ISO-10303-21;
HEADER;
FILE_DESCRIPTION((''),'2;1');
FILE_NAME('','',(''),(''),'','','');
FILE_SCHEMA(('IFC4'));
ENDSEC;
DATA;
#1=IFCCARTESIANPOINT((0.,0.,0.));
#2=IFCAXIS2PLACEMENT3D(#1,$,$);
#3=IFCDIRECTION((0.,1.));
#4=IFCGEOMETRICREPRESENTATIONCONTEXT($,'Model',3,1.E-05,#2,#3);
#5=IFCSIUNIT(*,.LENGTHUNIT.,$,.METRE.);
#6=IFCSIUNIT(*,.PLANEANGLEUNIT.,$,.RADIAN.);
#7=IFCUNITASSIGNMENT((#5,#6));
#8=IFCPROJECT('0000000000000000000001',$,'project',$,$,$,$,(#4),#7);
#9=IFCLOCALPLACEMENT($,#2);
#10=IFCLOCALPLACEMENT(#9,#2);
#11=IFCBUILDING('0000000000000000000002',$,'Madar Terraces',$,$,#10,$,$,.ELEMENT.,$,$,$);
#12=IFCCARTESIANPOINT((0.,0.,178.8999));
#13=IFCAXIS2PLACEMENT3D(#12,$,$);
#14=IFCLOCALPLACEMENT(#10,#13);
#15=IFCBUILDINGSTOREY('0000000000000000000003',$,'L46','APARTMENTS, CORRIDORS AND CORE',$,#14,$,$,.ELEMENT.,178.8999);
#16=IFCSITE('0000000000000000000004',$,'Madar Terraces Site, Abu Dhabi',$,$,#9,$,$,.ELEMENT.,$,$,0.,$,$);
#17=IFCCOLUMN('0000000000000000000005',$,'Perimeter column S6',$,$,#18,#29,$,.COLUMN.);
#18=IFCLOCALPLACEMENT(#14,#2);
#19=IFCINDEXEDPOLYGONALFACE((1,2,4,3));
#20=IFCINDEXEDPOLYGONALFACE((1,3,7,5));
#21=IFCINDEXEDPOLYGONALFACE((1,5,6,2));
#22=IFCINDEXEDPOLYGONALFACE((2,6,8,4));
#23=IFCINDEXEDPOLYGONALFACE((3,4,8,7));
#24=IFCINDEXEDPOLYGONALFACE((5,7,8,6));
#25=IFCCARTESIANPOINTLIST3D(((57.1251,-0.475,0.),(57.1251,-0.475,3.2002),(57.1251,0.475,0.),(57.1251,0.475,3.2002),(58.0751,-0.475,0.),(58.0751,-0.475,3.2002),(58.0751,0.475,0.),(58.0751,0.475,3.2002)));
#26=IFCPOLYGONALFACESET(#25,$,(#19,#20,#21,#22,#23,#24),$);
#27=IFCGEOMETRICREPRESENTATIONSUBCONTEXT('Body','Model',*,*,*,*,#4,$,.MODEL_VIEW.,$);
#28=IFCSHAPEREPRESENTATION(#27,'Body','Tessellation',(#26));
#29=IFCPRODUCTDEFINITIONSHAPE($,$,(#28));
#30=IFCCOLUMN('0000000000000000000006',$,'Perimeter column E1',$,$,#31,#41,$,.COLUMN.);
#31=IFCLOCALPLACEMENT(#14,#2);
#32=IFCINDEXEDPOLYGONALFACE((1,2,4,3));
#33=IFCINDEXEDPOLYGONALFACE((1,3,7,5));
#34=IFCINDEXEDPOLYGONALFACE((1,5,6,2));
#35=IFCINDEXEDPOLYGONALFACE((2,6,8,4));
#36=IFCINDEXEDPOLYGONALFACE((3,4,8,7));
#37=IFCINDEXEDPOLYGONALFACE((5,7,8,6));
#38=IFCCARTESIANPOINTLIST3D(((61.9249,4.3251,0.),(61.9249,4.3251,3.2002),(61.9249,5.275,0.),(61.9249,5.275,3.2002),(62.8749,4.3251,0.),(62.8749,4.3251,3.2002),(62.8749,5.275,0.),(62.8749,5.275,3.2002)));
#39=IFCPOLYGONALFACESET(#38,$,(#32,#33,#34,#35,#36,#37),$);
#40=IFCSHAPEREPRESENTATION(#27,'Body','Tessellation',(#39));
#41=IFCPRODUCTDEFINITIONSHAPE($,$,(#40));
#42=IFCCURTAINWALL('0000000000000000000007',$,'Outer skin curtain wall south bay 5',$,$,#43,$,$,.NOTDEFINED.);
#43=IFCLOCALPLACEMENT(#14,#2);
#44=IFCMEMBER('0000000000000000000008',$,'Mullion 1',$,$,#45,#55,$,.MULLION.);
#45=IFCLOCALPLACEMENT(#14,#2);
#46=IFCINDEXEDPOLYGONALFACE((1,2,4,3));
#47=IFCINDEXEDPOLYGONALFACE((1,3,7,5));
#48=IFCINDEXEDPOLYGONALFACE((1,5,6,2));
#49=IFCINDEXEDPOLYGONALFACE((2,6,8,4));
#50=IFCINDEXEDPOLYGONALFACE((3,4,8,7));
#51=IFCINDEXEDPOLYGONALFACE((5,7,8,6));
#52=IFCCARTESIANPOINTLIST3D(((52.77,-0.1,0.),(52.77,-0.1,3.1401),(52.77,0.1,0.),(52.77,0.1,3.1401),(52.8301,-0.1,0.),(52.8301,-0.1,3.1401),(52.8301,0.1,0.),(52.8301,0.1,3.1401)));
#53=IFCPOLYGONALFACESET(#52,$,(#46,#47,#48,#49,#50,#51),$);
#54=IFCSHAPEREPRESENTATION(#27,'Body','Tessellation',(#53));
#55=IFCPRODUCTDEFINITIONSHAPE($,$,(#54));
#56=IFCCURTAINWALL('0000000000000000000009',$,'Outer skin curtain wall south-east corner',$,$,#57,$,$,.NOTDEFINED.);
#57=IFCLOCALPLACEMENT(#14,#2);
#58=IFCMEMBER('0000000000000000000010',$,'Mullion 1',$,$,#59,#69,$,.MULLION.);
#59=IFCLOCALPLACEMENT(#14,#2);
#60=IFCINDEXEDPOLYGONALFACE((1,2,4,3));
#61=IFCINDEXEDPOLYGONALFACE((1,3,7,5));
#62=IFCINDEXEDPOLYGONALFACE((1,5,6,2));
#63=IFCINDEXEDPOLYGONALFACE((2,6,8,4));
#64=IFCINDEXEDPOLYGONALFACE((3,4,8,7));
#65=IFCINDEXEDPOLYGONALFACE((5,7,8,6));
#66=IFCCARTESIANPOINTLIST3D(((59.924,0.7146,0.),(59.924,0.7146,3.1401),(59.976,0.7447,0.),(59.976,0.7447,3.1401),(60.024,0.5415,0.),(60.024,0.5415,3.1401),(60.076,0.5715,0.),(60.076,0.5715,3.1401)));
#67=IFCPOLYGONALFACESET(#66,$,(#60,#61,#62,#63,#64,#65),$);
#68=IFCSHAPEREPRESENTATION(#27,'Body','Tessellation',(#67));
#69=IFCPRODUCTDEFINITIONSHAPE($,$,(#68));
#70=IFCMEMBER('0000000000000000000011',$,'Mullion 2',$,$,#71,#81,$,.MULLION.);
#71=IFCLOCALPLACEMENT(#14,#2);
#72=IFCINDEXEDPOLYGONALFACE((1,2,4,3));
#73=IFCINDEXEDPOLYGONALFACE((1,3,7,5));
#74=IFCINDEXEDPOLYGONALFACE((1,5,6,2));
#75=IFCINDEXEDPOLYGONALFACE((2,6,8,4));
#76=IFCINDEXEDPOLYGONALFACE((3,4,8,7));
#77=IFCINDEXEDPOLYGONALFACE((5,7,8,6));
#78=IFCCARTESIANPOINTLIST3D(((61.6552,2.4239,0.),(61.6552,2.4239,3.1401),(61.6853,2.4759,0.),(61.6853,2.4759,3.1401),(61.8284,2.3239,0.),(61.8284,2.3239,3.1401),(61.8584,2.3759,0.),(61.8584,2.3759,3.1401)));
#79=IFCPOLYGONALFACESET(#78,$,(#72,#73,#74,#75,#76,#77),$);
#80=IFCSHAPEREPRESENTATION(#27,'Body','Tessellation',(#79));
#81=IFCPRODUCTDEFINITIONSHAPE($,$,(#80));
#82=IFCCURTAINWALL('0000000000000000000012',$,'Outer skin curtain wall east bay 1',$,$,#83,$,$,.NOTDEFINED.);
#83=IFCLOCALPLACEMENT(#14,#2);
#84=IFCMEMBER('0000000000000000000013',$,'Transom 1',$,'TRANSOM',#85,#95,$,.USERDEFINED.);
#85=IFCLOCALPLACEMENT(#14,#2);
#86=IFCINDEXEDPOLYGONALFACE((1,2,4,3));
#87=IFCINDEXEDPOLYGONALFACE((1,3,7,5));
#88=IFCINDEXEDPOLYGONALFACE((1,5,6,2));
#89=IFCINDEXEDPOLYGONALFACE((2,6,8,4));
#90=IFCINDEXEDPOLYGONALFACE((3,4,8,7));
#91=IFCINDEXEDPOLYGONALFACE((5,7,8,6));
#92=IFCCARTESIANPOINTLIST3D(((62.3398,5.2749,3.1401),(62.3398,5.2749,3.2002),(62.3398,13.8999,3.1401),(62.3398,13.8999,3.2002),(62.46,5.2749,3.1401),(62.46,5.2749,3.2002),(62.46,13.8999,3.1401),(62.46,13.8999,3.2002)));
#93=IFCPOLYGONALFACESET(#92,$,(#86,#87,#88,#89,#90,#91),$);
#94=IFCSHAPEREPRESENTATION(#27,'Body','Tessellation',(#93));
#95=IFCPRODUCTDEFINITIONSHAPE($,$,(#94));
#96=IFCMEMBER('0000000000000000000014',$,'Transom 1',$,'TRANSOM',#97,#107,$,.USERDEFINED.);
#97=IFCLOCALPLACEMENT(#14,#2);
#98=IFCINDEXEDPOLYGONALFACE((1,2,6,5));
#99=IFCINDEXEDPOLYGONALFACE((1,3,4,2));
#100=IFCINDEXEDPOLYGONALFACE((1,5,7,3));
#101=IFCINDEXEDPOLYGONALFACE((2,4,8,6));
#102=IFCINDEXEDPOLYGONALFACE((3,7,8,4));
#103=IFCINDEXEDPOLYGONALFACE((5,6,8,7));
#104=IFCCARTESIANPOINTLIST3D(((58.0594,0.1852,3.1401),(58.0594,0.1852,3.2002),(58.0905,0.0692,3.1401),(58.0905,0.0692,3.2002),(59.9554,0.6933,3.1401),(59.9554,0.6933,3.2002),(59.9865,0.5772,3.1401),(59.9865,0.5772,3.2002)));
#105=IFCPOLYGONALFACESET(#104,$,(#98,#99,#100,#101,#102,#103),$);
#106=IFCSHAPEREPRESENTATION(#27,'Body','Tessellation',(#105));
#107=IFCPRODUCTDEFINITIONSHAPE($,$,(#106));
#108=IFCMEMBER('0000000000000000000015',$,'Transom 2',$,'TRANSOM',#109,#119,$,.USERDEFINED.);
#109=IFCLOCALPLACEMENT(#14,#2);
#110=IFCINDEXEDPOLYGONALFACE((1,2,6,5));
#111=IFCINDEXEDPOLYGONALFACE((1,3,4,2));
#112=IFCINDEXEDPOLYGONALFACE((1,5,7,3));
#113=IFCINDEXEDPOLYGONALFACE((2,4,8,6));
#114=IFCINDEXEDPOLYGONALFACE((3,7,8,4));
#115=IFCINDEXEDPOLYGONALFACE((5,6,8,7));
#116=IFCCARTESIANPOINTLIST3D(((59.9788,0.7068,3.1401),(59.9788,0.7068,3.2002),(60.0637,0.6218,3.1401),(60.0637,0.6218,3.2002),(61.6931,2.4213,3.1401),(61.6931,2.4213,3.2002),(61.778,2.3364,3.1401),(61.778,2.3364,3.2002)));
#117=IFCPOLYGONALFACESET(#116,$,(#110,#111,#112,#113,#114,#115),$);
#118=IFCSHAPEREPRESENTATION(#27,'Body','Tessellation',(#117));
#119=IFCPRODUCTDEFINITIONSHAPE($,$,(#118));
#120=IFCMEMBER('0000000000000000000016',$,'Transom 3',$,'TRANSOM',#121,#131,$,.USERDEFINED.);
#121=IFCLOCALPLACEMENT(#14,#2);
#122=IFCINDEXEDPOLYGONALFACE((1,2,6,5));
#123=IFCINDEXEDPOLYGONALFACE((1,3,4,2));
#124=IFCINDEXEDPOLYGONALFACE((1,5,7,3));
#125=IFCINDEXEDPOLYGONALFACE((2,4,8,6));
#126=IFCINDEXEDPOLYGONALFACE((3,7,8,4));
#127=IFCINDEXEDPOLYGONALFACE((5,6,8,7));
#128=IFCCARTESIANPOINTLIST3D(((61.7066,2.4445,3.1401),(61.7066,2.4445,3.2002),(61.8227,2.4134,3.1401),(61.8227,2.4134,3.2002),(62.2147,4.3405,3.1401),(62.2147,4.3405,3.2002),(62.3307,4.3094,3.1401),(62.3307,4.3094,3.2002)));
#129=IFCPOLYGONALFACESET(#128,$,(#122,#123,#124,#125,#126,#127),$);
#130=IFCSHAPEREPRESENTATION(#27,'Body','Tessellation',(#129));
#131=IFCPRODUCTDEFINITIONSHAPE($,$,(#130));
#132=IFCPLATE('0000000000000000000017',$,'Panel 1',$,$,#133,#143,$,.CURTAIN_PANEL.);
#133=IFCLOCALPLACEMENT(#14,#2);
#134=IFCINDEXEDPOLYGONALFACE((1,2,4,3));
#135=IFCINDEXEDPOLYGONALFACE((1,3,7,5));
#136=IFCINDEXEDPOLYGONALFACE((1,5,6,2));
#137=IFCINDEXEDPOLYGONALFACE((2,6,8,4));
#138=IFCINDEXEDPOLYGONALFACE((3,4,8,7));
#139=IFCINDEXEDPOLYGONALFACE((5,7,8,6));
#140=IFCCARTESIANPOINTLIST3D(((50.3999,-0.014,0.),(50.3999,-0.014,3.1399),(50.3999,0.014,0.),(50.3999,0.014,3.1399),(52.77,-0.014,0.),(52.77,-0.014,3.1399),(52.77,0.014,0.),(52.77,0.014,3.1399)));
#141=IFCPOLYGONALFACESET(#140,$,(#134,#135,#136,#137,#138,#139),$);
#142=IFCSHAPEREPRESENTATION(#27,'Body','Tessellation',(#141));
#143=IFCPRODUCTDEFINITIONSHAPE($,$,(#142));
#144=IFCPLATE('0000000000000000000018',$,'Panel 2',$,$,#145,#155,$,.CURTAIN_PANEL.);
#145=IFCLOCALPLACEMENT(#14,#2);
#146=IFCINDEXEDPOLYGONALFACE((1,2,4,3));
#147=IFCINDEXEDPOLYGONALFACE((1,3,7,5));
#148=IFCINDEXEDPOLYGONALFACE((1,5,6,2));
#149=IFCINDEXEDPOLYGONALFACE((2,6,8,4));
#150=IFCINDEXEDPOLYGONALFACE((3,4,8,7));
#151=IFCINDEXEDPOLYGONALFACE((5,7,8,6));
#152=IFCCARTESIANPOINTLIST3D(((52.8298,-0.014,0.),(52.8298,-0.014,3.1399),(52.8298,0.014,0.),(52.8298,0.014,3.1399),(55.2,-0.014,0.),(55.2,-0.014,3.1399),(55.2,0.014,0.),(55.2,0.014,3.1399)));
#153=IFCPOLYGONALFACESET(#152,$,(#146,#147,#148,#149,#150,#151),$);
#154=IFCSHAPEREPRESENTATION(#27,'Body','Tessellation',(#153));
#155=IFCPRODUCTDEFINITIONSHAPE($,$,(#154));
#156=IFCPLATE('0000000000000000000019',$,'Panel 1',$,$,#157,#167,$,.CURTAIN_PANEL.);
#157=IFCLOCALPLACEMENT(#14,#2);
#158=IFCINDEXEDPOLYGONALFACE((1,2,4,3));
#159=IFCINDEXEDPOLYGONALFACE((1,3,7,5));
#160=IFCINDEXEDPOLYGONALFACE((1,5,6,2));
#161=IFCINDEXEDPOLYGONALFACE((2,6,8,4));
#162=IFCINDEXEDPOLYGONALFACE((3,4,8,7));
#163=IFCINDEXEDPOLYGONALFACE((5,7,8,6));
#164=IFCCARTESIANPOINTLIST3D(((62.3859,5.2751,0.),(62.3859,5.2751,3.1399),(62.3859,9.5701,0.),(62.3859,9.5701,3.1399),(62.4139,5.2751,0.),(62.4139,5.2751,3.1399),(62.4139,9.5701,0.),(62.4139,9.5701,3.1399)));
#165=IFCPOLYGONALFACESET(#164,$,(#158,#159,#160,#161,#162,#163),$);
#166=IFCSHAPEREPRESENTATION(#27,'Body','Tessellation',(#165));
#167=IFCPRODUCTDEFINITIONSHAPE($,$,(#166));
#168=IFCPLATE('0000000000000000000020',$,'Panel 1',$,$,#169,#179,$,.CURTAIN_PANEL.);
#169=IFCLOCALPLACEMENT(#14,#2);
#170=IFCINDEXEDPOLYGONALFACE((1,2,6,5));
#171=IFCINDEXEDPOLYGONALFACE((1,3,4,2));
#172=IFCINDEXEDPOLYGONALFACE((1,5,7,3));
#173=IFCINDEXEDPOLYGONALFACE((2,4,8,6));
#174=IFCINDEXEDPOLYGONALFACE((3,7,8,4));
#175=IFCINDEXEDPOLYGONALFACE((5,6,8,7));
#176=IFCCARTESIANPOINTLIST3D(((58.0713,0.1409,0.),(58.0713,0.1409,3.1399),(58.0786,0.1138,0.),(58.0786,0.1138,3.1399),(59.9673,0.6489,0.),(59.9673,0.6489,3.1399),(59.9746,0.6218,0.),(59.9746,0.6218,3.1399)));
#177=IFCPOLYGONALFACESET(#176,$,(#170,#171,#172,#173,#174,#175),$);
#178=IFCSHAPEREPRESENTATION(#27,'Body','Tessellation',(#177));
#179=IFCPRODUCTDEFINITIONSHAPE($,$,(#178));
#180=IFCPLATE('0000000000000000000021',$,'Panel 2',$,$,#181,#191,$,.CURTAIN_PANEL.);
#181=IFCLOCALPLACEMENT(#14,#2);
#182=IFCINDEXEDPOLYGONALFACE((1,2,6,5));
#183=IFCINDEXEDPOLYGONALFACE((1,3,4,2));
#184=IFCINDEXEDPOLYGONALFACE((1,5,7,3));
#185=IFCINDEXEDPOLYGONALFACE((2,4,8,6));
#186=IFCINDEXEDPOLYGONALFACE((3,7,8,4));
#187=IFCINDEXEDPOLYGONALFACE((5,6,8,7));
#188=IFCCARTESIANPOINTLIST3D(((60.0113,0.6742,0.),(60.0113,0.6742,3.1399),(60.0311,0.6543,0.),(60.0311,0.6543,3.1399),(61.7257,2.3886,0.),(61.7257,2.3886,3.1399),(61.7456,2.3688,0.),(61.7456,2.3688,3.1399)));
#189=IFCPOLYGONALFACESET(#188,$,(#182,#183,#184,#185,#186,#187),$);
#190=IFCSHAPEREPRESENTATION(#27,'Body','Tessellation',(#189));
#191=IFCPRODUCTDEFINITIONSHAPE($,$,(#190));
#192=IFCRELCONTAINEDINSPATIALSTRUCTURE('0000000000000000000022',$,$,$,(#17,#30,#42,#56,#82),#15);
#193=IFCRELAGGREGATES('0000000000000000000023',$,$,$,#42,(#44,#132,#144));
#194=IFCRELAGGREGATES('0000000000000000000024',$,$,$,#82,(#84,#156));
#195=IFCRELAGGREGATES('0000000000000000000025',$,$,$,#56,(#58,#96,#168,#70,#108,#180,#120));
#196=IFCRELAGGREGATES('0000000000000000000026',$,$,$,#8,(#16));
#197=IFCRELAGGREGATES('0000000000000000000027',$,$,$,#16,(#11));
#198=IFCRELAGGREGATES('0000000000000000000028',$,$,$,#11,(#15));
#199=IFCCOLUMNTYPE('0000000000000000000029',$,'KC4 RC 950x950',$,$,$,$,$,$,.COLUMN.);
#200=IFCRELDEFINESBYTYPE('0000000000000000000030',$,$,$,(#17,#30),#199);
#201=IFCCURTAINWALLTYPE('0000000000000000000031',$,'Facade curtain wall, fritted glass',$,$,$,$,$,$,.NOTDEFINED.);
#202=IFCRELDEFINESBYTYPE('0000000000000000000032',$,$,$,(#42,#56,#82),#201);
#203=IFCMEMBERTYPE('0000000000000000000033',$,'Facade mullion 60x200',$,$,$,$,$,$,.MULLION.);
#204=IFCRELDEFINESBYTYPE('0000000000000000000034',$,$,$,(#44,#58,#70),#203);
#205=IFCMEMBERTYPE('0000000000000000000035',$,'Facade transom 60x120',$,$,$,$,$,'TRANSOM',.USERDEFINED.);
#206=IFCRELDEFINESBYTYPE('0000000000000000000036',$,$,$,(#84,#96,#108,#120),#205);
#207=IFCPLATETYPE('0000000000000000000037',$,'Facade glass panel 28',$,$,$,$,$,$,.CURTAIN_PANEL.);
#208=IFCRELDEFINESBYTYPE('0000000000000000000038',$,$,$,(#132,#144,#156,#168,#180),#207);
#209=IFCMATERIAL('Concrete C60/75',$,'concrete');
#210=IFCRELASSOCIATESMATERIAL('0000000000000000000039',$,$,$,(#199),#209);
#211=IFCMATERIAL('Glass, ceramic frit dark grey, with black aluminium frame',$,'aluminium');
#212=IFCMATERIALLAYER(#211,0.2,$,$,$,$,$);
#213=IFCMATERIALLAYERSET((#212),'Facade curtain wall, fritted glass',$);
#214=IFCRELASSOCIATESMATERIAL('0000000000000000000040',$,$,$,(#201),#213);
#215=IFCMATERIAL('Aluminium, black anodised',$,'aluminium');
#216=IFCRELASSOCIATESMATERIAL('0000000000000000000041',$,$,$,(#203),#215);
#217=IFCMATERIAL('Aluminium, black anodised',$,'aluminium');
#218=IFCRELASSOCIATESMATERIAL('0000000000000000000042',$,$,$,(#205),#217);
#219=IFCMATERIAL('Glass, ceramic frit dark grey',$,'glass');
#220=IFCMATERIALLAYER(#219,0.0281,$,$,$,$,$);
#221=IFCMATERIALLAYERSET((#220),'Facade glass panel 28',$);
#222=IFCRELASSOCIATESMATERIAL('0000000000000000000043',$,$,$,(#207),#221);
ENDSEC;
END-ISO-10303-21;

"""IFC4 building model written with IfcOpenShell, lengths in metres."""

from ifc_helpers import new_model, si_unit, direction, frame, origin, origin_2d, place, context, subcontext, project, spatial, rectangle, extrude, material, layer, layer_set, material_profile, profile_set, type_object, element, aggregate, save


model = new_model("IFC4")

# Units and contexts
model_context = context("Model", 3, precision=1e-05, world=origin(), true_north=direction((0.0, 1.0)))
body_context = subcontext(model_context, "Body", "Model", "MODEL_VIEW")
ifc_project = project(units=[si_unit("LENGTHUNIT", "METRE"), si_unit("PLANEANGLEUNIT", "RADIAN")], contexts=[model_context])

# Site, building, storey
site_placement = place(None, origin())
site = spatial("IfcSite", under=ifc_project, at=site_placement, Name="Madar Terraces Site, Abu Dhabi", CompositionType="ELEMENT", RefElevation=0.0)
building_placement = place(site_placement, origin())
building = spatial("IfcBuilding", under=site, at=building_placement, Name="Madar Terraces", CompositionType="ELEMENT")
storey_placement = place(building_placement, frame((0.0, 0.0, 178.8999)))
storey = spatial("IfcBuildingStorey", under=building, at=storey_placement, Name="L46", Description="APARTMENTS, CORRIDORS AND CORE", CompositionType="ELEMENT", Elevation=178.8999)

# Columns
ifc_material_1 = material(Name="Concrete C60/75", Category="concrete")
ifc_material_profile_1 = material_profile(ifc_material_1, rectangle(XDim=0.95, YDim=0.95, at=origin_2d()), Name="KC4 RC 950x950")
ifc_profile_set_1 = profile_set([ifc_material_profile_1], Name="Concrete C60/75")
column_type = type_object("IfcColumnType", Name="KC4 RC 950x950", PredefinedType="COLUMN", material=ifc_profile_set_1)
for number, where, z_axis, x_axis, name in (
    (1, (57.6001, 0.0, 0.0), (0.0, 0.0, 1.0), (1.0, 0.0, 0.0), "Perimeter column S6"),
    (2, (62.3999, 4.8, 0.0), (0.0, 0.0, 1.0), (1.0, 0.0, 0.0), "Perimeter column E1"),
):
    element("IfcColumn", number, at=place(storey_placement, frame(where, z_axis=z_axis, x_axis=x_axis)), inside=storey, type_object=column_type, Name=name, PredefinedType="COLUMN", context=body_context, shape_type="SweptSolid", body=[
        extrude(rectangle(XDim=0.95, YDim=0.95, at=origin_2d()), origin(), (0.0, 0.0, 1.0), 3.2002),
    ])

# Curtain wall, member
ifc_material_2 = material(Name="Glass, ceramic frit dark grey, with black aluminium frame", Category="aluminium")
ifc_layer_1 = layer(ifc_material_2, 0.2)
ifc_layer_set_1 = layer_set([ifc_layer_1], Name="Facade curtain wall, fritted glass")
curtain_wall_type = type_object("IfcCurtainWallType", Name="Facade curtain wall, fritted glass", PredefinedType="NOTDEFINED", material=ifc_layer_set_1)
curtain_wall_1_placement = place(storey_placement, origin())
curtain_wall_1 = element("IfcCurtainWall", 3, at=curtain_wall_1_placement, inside=storey, type_object=curtain_wall_type, Name="Outer skin curtain wall south bay 5", PredefinedType="NOTDEFINED")
ifc_material_3 = material(Name="Aluminium, black anodised", Category="aluminium")
ifc_material_profile_2 = material_profile(ifc_material_3, rectangle(XDim=0.2, YDim=0.0601, at=origin_2d()), Name="Facade mullion 60x200")
ifc_profile_set_2 = profile_set([ifc_material_profile_2], Name="Aluminium, black anodised")
member_type_1 = type_object("IfcMemberType", Name="Facade mullion 60x200", PredefinedType="MULLION", material=ifc_profile_set_2)
member_1_placement = place(storey_placement, frame((52.8, 0.0, 0.0), z_axis=(0.0, 0.0, 1.0), x_axis=(0.0, 1.0, 0.0)))
member_1 = element("IfcMember", 4, at=member_1_placement, type_object=member_type_1, Name="Mullion 1", PredefinedType="MULLION", context=body_context, shape_type="SweptSolid", body=[
    extrude(rectangle(XDim=0.2, YDim=0.0601, at=origin_2d()), origin(), (0.0, 0.0, 1.0), 3.1401),
])

# Curtain wall, members
curtain_wall_2_placement = place(storey_placement, origin())
curtain_wall_2 = element("IfcCurtainWall", 5, at=curtain_wall_2_placement, inside=storey, type_object=curtain_wall_type, Name="Outer skin curtain wall south-east corner", PredefinedType="NOTDEFINED")
member_2_placement = place(storey_placement, frame((60.0, 0.6431, 0.0), z_axis=(0.0, 0.0, 1.0), x_axis=(-0.5, 0.866025, 0.0)))
member_2 = element("IfcMember", 6, at=member_2_placement, type_object=member_type_1, Name="Mullion 1", PredefinedType="MULLION", context=body_context, shape_type="SweptSolid", body=[
    extrude(rectangle(XDim=0.2, YDim=0.0601, at=origin_2d()), origin(), (0.0, 0.0, 1.0), 3.1401),
])
member_3_placement = place(storey_placement, frame((61.7568, 2.3999, 0.0), z_axis=(0.0, 0.0, 1.0), x_axis=(-0.866025, 0.5, 0.0)))
member_3 = element("IfcMember", 7, at=member_3_placement, type_object=member_type_1, Name="Mullion 2", PredefinedType="MULLION", context=body_context, shape_type="SweptSolid", body=[
    extrude(rectangle(XDim=0.2, YDim=0.0601, at=origin_2d()), origin(), (0.0, 0.0, 1.0), 3.1401),
])

# Curtain wall, member
curtain_wall_3_placement = place(storey_placement, origin())
curtain_wall_3 = element("IfcCurtainWall", 8, at=curtain_wall_3_placement, inside=storey, type_object=curtain_wall_type, Name="Outer skin curtain wall east bay 1", PredefinedType="NOTDEFINED")
ifc_material_4 = material(Name="Aluminium, black anodised", Category="aluminium")
ifc_material_profile_3 = material_profile(ifc_material_4, rectangle(XDim=0.1201, YDim=0.0601, at=origin_2d()), Name="Facade transom 60x120")
ifc_profile_set_3 = profile_set([ifc_material_profile_3], Name="Aluminium, black anodised")
member_type_2 = type_object("IfcMemberType", Name="Facade transom 60x120", ElementType="TRANSOM", PredefinedType="USERDEFINED", material=ifc_profile_set_3)
member_4_placement = place(storey_placement, frame((62.3999, 5.2749, 3.1702), z_axis=(0.0, 1.0, 0.0), x_axis=(-1.0, 0.0, 0.0)))
member_4 = element("IfcMember", 9, at=member_4_placement, type_object=member_type_2, Name="Transom 1", ObjectType="TRANSOM", PredefinedType="USERDEFINED", context=body_context, shape_type="SweptSolid", body=[
    extrude(rectangle(XDim=0.1201, YDim=0.0601, at=origin_2d()), origin(), (0.0, 0.0, 1.0), 8.625),
])

# Members
member_5_placement = place(storey_placement, frame((58.075, 0.1272, 3.1702), z_axis=(0.965923, 0.258831, 0.0), x_axis=(-0.258831, 0.965923, 0.0)))
member_5 = element("IfcMember", 10, at=member_5_placement, type_object=member_type_2, Name="Transom 1", ObjectType="TRANSOM", PredefinedType="USERDEFINED", context=body_context, shape_type="SweptSolid", body=[
    extrude(rectangle(XDim=0.1201, YDim=0.0601, at=origin_2d()), origin(), (0.0, 0.0, 1.0), 1.9629),
])
member_6_placement = place(storey_placement, frame((60.0212, 0.6643, 3.1702), z_axis=(0.707056, 0.707157, 0.0), x_axis=(-0.707157, 0.707056, 0.0)))
member_6 = element("IfcMember", 11, at=member_6_placement, type_object=member_type_2, Name="Transom 2", ObjectType="TRANSOM", PredefinedType="USERDEFINED", context=body_context, shape_type="SweptSolid", body=[
    extrude(rectangle(XDim=0.1201, YDim=0.0601, at=origin_2d()), origin(), (0.0, 0.0, 1.0), 2.4246),
])
member_7_placement = place(storey_placement, frame((61.7646, 2.429, 3.1702), z_axis=(0.258831, 0.965923, 0.0), x_axis=(-0.965923, 0.258831, 0.0)))
member_7 = element("IfcMember", 12, at=member_7_placement, type_object=member_type_2, Name="Transom 3", ObjectType="TRANSOM", PredefinedType="USERDEFINED", context=body_context, shape_type="SweptSolid", body=[
    extrude(rectangle(XDim=0.1201, YDim=0.0601, at=origin_2d()), origin(), (0.0, 0.0, 1.0), 1.9629),
])

# Plates
ifc_material_5 = material(Name="Glass, ceramic frit dark grey", Category="glass")
ifc_layer_2 = layer(ifc_material_5, 0.0281)
ifc_layer_set_2 = layer_set([ifc_layer_2], Name="Facade glass panel 28")
plate_type = type_object("IfcPlateType", Name="Facade glass panel 28", PredefinedType="CURTAIN_PANEL", material=ifc_layer_set_2)
plate_1_placement = place(storey_placement, frame((51.585, 0.0, 0.0), z_axis=(0.0, 0.0, 1.0), x_axis=(1.0, 0.0, 0.0)))
plate_1 = element("IfcPlate", 13, at=plate_1_placement, type_object=plate_type, Name="Panel 1", PredefinedType="CURTAIN_PANEL", context=body_context, shape_type="SweptSolid", body=[
    extrude(rectangle(XDim=2.3701, YDim=0.0281, at=origin_2d()), origin(), (0.0, 0.0, 1.0), 3.1399),
])
plate_2_placement = place(storey_placement, frame((54.0149, 0.0, 0.0), z_axis=(0.0, 0.0, 1.0), x_axis=(1.0, 0.0, 0.0)))
plate_2 = element("IfcPlate", 14, at=plate_2_placement, type_object=plate_type, Name="Panel 2", PredefinedType="CURTAIN_PANEL", context=body_context, shape_type="SweptSolid", body=[
    extrude(rectangle(XDim=2.3701, YDim=0.0281, at=origin_2d()), origin(), (0.0, 0.0, 1.0), 3.1399),
])
aggregate(curtain_wall_1, [member_1, plate_1, plate_2])
plate_3_placement = place(storey_placement, frame((62.3999, 7.4226, 0.0), z_axis=(0.0, 0.0, 1.0), x_axis=(0.0, 1.0, 0.0)))
plate_3 = element("IfcPlate", 15, at=plate_3_placement, type_object=plate_type, Name="Panel 1", PredefinedType="CURTAIN_PANEL", context=body_context, shape_type="SweptSolid", body=[
    extrude(rectangle(XDim=4.2949, YDim=0.0281, at=origin_2d()), origin(), (0.0, 0.0, 1.0), 3.1399),
])
aggregate(curtain_wall_3, [member_4, plate_3])
plate_4_placement = place(storey_placement, frame((59.0229, 0.3813, 0.0), z_axis=(0.0, 0.0, 1.0), x_axis=(0.965926, 0.258819, 0.0)))
plate_4 = element("IfcPlate", 16, at=plate_4_placement, type_object=plate_type, Name="Panel 1", PredefinedType="CURTAIN_PANEL", context=body_context, shape_type="SweptSolid", body=[
    extrude(rectangle(XDim=1.9629, YDim=0.0281, at=origin_2d()), origin(), (0.0, 0.0, 1.0), 3.1399),
])
plate_5_placement = place(storey_placement, frame((60.8784, 1.5215, 0.0), z_axis=(0.0, 0.0, 1.0), x_axis=(0.707107, 0.707107, 0.0)))
plate_5 = element("IfcPlate", 17, at=plate_5_placement, type_object=plate_type, Name="Panel 2", PredefinedType="CURTAIN_PANEL", context=body_context, shape_type="SweptSolid", body=[
    extrude(rectangle(XDim=2.4246, YDim=0.0281, at=origin_2d()), origin(), (0.0, 0.0, 1.0), 3.1399),
])
aggregate(curtain_wall_2, [member_2, member_5, plate_4, member_3, member_6, plate_5, member_7])

save(model, "model.ifc")
